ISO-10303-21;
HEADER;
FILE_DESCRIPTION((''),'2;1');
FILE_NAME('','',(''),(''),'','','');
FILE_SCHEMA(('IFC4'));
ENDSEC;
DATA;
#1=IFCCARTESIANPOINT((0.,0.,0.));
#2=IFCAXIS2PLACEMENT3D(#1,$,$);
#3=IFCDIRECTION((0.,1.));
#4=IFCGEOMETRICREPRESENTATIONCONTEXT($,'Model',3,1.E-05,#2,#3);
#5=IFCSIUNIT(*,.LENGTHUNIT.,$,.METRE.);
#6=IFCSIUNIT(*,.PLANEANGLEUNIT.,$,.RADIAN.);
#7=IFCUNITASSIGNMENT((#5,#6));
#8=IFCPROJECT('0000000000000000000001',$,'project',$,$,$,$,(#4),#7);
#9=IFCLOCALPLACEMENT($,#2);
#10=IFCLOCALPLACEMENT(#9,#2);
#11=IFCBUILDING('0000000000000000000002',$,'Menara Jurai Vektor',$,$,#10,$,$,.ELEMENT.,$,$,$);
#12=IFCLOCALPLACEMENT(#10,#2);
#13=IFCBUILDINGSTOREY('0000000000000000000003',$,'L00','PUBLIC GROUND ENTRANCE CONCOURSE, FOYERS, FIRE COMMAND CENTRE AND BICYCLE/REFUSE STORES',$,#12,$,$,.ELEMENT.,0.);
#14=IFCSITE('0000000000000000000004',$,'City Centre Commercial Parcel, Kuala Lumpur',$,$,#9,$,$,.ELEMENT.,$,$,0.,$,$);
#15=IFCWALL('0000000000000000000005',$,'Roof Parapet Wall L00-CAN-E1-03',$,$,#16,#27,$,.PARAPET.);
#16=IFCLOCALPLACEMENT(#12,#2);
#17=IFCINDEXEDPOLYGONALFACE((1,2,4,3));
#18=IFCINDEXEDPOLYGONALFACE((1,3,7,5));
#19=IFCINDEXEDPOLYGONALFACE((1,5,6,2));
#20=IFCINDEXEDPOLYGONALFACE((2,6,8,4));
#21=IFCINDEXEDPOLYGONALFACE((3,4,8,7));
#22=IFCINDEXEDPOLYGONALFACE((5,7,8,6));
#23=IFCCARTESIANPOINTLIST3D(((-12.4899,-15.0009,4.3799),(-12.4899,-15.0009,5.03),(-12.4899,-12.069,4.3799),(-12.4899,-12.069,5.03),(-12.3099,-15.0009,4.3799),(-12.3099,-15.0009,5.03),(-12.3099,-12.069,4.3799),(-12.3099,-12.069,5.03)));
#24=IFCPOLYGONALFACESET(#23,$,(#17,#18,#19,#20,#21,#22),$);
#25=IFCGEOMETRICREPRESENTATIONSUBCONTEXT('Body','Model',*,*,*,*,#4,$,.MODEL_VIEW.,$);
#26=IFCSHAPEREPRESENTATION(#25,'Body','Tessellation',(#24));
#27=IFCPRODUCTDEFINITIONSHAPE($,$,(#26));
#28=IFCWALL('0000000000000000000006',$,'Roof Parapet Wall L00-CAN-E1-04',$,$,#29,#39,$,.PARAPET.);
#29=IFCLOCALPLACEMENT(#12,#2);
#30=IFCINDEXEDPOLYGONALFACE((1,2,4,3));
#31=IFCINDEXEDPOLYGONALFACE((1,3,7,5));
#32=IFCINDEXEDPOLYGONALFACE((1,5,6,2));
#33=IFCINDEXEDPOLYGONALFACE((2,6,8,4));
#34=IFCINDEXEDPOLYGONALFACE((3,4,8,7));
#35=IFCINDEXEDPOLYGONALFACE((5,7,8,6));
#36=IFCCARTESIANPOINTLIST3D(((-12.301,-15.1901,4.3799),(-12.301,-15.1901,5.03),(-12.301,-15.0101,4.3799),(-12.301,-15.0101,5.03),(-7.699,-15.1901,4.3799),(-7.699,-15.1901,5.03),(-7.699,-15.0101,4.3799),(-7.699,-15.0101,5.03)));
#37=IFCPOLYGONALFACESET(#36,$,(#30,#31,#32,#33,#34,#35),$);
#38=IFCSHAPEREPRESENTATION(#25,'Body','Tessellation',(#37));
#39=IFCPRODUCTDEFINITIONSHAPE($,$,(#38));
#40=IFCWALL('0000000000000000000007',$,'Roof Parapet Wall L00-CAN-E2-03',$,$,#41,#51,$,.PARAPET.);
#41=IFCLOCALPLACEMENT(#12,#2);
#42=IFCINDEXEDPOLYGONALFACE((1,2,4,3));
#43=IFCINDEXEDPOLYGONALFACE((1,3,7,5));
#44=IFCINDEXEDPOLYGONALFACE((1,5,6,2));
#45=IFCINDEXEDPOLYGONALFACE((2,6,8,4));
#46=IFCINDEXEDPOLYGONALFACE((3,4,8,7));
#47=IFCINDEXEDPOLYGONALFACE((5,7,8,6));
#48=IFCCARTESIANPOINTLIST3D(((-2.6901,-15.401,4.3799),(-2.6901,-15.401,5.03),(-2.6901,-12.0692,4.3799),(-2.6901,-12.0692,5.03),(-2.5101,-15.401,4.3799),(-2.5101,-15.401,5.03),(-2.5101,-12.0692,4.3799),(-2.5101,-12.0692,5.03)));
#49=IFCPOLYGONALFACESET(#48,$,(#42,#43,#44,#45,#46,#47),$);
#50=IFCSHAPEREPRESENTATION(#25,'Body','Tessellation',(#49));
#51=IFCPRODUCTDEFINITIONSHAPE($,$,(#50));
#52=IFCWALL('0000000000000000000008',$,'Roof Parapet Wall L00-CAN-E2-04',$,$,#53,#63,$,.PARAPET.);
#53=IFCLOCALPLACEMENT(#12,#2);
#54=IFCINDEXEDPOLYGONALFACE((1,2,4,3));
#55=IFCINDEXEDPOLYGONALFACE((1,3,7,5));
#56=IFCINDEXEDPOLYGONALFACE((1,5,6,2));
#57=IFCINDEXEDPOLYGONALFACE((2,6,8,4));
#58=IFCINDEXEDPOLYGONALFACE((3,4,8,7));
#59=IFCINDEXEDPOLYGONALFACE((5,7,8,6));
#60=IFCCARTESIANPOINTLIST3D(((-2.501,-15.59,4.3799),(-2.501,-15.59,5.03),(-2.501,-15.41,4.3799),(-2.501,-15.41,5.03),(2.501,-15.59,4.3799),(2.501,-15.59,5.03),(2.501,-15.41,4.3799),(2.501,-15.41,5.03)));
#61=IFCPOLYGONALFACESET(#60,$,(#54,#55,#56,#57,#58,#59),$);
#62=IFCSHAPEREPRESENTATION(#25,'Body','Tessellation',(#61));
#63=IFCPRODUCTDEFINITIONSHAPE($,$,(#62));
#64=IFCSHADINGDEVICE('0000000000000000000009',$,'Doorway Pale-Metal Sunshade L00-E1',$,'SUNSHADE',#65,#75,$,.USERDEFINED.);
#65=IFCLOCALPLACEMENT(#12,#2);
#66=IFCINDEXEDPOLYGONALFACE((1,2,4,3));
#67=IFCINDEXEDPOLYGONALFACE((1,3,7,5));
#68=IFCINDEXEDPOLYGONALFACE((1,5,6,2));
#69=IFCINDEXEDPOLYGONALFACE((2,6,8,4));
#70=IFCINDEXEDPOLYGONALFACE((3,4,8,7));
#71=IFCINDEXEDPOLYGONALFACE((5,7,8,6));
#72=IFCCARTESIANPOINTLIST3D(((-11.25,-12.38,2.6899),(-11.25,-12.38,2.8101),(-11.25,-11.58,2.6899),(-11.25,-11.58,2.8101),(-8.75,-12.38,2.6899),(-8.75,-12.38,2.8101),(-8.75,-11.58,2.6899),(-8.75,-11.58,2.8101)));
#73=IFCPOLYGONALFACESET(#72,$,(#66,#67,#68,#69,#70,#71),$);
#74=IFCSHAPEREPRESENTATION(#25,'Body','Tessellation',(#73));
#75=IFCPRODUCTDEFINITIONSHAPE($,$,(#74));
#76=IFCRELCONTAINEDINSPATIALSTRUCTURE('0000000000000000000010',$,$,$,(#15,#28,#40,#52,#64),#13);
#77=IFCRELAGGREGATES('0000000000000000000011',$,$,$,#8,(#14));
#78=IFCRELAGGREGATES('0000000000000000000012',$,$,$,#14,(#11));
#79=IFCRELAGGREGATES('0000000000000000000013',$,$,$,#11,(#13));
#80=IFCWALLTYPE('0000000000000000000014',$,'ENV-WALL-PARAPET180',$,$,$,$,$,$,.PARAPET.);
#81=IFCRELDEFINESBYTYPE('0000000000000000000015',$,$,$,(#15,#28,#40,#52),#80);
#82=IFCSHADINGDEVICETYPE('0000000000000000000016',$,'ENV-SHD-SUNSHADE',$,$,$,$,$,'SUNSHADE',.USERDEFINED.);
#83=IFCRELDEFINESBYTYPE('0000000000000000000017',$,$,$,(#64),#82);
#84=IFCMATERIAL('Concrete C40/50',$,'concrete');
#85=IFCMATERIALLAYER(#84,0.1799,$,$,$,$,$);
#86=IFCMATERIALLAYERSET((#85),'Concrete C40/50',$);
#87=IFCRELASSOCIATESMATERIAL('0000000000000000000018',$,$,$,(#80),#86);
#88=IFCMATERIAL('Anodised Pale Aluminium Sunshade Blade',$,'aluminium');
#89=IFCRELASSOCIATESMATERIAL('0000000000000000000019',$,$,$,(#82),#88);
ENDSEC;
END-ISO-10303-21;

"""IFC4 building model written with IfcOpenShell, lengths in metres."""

from ifc_helpers import new_model, si_unit, direction, frame, frame_2d, origin, origin_2d, place, context, subcontext, project, spatial, rectangle, extrude, material, layer, layer_set, type_object, element, save


model = new_model("IFC4")

# Units and contexts
model_context = context("Model", 3, precision=1e-05, world=origin(), true_north=direction((0.0, 1.0)))
body_context = subcontext(model_context, "Body", "Model", "MODEL_VIEW")
ifc_project = project(units=[si_unit("LENGTHUNIT", "METRE"), si_unit("PLANEANGLEUNIT", "RADIAN")], contexts=[model_context])

# Site, building, storey
site_placement = place(None, origin())
site = spatial("IfcSite", under=ifc_project, at=site_placement, Name="City Centre Commercial Parcel, Kuala Lumpur", CompositionType="ELEMENT", RefElevation=0.0)
building_placement = place(site_placement, origin())
building = spatial("IfcBuilding", under=site, at=building_placement, Name="Menara Jurai Vektor", CompositionType="ELEMENT")
storey_placement = place(building_placement, origin())
storey = spatial("IfcBuildingStorey", under=building, at=storey_placement, Name="L00", Description="PUBLIC GROUND ENTRANCE CONCOURSE, FOYERS, FIRE COMMAND CENTRE AND BICYCLE/REFUSE STORES", CompositionType="ELEMENT", Elevation=0.0)

# Walls
ifc_material_1 = material(Name="Concrete C40/50", Category="concrete")
ifc_layer_1 = layer(ifc_material_1, 0.1799)
ifc_layer_set_1 = layer_set([ifc_layer_1], Name="Concrete C40/50")
wall_type_1 = type_object("IfcWallType", Name="ENV-WALL-PARAPET180", PredefinedType="PARAPET", material=ifc_layer_set_1)
for number, where, z_axis, x_axis, name in (
    (1, (-12.3999, -12.0691, 4.3799), (0.0, 0.0, 1.0), (0.0, -1.0, 0.0), "Roof Parapet Wall L00-CAN-E1-03"),
):
    element("IfcWall", number, at=place(storey_placement, frame(where, z_axis=z_axis, x_axis=x_axis)), inside=storey, type_object=wall_type_1, Name=name, PredefinedType="PARAPET", context=body_context, shape_type="SweptSolid", body=[
        extrude(rectangle(XDim=2.9319, YDim=0.1799, at=frame_2d((1.4658, 0.0))), origin(), (0.0, 0.0, 1.0), 0.6501),
    ])
wall_1_placement = place(storey_placement, frame((-12.301, -15.1001, 4.3799), z_axis=(0.0, 0.0, 1.0), x_axis=(1.0, 0.0, 0.0)))
element("IfcWall", 2, at=wall_1_placement, inside=storey, type_object=wall_type_1, Name="Roof Parapet Wall L00-CAN-E1-04", PredefinedType="PARAPET", context=body_context, shape_type="SweptSolid", body=[
    extrude(rectangle(XDim=4.6021, YDim=0.1799, at=frame_2d((2.301, 0.0))), origin(), (0.0, 0.0, 1.0), 0.6501),
])
wall_2_placement = place(storey_placement, frame((-2.6001, -12.0691, 4.3799), z_axis=(0.0, 0.0, 1.0), x_axis=(0.0, -1.0, 0.0)))
element("IfcWall", 3, at=wall_2_placement, inside=storey, type_object=wall_type_1, Name="Roof Parapet Wall L00-CAN-E2-03", PredefinedType="PARAPET", context=body_context, shape_type="SweptSolid", body=[
    extrude(rectangle(XDim=3.3318, YDim=0.1799, at=frame_2d((1.666, 0.0))), origin(), (0.0, 0.0, 1.0), 0.6501),
])
wall_3_placement = place(storey_placement, frame((-2.501, -15.5, 4.3799), z_axis=(0.0, 0.0, 1.0), x_axis=(1.0, 0.0, 0.0)))
element("IfcWall", 4, at=wall_3_placement, inside=storey, type_object=wall_type_1, Name="Roof Parapet Wall L00-CAN-E2-04", PredefinedType="PARAPET", context=body_context, shape_type="SweptSolid", body=[
    extrude(rectangle(XDim=5.002, YDim=0.1799, at=frame_2d((2.501, 0.0))), origin(), (0.0, 0.0, 1.0), 0.6501),
])

# Shading device
ifc_material_2 = material(Name="Anodised Pale Aluminium Sunshade Blade", Category="aluminium")
shading_device_type = type_object("IfcShadingDeviceType", Name="ENV-SHD-SUNSHADE", ElementType="SUNSHADE", PredefinedType="USERDEFINED", material=ifc_material_2)
shading_device_placement = place(storey_placement, frame((-10.0, -11.98, 2.6899), z_axis=(0.0, 0.0, 1.0), x_axis=(1.0, 0.0, 0.0)))
element("IfcShadingDevice", 5, at=shading_device_placement, inside=storey, type_object=shading_device_type, Name="Doorway Pale-Metal Sunshade L00-E1", ObjectType="SUNSHADE", PredefinedType="USERDEFINED", context=body_context, shape_type="SweptSolid", body=[
    extrude(rectangle(XDim=2.5, YDim=0.8, at=origin_2d()), origin(), (0.0, 0.0, 1.0), 0.1201),
])

save(model, "model.ifc")
